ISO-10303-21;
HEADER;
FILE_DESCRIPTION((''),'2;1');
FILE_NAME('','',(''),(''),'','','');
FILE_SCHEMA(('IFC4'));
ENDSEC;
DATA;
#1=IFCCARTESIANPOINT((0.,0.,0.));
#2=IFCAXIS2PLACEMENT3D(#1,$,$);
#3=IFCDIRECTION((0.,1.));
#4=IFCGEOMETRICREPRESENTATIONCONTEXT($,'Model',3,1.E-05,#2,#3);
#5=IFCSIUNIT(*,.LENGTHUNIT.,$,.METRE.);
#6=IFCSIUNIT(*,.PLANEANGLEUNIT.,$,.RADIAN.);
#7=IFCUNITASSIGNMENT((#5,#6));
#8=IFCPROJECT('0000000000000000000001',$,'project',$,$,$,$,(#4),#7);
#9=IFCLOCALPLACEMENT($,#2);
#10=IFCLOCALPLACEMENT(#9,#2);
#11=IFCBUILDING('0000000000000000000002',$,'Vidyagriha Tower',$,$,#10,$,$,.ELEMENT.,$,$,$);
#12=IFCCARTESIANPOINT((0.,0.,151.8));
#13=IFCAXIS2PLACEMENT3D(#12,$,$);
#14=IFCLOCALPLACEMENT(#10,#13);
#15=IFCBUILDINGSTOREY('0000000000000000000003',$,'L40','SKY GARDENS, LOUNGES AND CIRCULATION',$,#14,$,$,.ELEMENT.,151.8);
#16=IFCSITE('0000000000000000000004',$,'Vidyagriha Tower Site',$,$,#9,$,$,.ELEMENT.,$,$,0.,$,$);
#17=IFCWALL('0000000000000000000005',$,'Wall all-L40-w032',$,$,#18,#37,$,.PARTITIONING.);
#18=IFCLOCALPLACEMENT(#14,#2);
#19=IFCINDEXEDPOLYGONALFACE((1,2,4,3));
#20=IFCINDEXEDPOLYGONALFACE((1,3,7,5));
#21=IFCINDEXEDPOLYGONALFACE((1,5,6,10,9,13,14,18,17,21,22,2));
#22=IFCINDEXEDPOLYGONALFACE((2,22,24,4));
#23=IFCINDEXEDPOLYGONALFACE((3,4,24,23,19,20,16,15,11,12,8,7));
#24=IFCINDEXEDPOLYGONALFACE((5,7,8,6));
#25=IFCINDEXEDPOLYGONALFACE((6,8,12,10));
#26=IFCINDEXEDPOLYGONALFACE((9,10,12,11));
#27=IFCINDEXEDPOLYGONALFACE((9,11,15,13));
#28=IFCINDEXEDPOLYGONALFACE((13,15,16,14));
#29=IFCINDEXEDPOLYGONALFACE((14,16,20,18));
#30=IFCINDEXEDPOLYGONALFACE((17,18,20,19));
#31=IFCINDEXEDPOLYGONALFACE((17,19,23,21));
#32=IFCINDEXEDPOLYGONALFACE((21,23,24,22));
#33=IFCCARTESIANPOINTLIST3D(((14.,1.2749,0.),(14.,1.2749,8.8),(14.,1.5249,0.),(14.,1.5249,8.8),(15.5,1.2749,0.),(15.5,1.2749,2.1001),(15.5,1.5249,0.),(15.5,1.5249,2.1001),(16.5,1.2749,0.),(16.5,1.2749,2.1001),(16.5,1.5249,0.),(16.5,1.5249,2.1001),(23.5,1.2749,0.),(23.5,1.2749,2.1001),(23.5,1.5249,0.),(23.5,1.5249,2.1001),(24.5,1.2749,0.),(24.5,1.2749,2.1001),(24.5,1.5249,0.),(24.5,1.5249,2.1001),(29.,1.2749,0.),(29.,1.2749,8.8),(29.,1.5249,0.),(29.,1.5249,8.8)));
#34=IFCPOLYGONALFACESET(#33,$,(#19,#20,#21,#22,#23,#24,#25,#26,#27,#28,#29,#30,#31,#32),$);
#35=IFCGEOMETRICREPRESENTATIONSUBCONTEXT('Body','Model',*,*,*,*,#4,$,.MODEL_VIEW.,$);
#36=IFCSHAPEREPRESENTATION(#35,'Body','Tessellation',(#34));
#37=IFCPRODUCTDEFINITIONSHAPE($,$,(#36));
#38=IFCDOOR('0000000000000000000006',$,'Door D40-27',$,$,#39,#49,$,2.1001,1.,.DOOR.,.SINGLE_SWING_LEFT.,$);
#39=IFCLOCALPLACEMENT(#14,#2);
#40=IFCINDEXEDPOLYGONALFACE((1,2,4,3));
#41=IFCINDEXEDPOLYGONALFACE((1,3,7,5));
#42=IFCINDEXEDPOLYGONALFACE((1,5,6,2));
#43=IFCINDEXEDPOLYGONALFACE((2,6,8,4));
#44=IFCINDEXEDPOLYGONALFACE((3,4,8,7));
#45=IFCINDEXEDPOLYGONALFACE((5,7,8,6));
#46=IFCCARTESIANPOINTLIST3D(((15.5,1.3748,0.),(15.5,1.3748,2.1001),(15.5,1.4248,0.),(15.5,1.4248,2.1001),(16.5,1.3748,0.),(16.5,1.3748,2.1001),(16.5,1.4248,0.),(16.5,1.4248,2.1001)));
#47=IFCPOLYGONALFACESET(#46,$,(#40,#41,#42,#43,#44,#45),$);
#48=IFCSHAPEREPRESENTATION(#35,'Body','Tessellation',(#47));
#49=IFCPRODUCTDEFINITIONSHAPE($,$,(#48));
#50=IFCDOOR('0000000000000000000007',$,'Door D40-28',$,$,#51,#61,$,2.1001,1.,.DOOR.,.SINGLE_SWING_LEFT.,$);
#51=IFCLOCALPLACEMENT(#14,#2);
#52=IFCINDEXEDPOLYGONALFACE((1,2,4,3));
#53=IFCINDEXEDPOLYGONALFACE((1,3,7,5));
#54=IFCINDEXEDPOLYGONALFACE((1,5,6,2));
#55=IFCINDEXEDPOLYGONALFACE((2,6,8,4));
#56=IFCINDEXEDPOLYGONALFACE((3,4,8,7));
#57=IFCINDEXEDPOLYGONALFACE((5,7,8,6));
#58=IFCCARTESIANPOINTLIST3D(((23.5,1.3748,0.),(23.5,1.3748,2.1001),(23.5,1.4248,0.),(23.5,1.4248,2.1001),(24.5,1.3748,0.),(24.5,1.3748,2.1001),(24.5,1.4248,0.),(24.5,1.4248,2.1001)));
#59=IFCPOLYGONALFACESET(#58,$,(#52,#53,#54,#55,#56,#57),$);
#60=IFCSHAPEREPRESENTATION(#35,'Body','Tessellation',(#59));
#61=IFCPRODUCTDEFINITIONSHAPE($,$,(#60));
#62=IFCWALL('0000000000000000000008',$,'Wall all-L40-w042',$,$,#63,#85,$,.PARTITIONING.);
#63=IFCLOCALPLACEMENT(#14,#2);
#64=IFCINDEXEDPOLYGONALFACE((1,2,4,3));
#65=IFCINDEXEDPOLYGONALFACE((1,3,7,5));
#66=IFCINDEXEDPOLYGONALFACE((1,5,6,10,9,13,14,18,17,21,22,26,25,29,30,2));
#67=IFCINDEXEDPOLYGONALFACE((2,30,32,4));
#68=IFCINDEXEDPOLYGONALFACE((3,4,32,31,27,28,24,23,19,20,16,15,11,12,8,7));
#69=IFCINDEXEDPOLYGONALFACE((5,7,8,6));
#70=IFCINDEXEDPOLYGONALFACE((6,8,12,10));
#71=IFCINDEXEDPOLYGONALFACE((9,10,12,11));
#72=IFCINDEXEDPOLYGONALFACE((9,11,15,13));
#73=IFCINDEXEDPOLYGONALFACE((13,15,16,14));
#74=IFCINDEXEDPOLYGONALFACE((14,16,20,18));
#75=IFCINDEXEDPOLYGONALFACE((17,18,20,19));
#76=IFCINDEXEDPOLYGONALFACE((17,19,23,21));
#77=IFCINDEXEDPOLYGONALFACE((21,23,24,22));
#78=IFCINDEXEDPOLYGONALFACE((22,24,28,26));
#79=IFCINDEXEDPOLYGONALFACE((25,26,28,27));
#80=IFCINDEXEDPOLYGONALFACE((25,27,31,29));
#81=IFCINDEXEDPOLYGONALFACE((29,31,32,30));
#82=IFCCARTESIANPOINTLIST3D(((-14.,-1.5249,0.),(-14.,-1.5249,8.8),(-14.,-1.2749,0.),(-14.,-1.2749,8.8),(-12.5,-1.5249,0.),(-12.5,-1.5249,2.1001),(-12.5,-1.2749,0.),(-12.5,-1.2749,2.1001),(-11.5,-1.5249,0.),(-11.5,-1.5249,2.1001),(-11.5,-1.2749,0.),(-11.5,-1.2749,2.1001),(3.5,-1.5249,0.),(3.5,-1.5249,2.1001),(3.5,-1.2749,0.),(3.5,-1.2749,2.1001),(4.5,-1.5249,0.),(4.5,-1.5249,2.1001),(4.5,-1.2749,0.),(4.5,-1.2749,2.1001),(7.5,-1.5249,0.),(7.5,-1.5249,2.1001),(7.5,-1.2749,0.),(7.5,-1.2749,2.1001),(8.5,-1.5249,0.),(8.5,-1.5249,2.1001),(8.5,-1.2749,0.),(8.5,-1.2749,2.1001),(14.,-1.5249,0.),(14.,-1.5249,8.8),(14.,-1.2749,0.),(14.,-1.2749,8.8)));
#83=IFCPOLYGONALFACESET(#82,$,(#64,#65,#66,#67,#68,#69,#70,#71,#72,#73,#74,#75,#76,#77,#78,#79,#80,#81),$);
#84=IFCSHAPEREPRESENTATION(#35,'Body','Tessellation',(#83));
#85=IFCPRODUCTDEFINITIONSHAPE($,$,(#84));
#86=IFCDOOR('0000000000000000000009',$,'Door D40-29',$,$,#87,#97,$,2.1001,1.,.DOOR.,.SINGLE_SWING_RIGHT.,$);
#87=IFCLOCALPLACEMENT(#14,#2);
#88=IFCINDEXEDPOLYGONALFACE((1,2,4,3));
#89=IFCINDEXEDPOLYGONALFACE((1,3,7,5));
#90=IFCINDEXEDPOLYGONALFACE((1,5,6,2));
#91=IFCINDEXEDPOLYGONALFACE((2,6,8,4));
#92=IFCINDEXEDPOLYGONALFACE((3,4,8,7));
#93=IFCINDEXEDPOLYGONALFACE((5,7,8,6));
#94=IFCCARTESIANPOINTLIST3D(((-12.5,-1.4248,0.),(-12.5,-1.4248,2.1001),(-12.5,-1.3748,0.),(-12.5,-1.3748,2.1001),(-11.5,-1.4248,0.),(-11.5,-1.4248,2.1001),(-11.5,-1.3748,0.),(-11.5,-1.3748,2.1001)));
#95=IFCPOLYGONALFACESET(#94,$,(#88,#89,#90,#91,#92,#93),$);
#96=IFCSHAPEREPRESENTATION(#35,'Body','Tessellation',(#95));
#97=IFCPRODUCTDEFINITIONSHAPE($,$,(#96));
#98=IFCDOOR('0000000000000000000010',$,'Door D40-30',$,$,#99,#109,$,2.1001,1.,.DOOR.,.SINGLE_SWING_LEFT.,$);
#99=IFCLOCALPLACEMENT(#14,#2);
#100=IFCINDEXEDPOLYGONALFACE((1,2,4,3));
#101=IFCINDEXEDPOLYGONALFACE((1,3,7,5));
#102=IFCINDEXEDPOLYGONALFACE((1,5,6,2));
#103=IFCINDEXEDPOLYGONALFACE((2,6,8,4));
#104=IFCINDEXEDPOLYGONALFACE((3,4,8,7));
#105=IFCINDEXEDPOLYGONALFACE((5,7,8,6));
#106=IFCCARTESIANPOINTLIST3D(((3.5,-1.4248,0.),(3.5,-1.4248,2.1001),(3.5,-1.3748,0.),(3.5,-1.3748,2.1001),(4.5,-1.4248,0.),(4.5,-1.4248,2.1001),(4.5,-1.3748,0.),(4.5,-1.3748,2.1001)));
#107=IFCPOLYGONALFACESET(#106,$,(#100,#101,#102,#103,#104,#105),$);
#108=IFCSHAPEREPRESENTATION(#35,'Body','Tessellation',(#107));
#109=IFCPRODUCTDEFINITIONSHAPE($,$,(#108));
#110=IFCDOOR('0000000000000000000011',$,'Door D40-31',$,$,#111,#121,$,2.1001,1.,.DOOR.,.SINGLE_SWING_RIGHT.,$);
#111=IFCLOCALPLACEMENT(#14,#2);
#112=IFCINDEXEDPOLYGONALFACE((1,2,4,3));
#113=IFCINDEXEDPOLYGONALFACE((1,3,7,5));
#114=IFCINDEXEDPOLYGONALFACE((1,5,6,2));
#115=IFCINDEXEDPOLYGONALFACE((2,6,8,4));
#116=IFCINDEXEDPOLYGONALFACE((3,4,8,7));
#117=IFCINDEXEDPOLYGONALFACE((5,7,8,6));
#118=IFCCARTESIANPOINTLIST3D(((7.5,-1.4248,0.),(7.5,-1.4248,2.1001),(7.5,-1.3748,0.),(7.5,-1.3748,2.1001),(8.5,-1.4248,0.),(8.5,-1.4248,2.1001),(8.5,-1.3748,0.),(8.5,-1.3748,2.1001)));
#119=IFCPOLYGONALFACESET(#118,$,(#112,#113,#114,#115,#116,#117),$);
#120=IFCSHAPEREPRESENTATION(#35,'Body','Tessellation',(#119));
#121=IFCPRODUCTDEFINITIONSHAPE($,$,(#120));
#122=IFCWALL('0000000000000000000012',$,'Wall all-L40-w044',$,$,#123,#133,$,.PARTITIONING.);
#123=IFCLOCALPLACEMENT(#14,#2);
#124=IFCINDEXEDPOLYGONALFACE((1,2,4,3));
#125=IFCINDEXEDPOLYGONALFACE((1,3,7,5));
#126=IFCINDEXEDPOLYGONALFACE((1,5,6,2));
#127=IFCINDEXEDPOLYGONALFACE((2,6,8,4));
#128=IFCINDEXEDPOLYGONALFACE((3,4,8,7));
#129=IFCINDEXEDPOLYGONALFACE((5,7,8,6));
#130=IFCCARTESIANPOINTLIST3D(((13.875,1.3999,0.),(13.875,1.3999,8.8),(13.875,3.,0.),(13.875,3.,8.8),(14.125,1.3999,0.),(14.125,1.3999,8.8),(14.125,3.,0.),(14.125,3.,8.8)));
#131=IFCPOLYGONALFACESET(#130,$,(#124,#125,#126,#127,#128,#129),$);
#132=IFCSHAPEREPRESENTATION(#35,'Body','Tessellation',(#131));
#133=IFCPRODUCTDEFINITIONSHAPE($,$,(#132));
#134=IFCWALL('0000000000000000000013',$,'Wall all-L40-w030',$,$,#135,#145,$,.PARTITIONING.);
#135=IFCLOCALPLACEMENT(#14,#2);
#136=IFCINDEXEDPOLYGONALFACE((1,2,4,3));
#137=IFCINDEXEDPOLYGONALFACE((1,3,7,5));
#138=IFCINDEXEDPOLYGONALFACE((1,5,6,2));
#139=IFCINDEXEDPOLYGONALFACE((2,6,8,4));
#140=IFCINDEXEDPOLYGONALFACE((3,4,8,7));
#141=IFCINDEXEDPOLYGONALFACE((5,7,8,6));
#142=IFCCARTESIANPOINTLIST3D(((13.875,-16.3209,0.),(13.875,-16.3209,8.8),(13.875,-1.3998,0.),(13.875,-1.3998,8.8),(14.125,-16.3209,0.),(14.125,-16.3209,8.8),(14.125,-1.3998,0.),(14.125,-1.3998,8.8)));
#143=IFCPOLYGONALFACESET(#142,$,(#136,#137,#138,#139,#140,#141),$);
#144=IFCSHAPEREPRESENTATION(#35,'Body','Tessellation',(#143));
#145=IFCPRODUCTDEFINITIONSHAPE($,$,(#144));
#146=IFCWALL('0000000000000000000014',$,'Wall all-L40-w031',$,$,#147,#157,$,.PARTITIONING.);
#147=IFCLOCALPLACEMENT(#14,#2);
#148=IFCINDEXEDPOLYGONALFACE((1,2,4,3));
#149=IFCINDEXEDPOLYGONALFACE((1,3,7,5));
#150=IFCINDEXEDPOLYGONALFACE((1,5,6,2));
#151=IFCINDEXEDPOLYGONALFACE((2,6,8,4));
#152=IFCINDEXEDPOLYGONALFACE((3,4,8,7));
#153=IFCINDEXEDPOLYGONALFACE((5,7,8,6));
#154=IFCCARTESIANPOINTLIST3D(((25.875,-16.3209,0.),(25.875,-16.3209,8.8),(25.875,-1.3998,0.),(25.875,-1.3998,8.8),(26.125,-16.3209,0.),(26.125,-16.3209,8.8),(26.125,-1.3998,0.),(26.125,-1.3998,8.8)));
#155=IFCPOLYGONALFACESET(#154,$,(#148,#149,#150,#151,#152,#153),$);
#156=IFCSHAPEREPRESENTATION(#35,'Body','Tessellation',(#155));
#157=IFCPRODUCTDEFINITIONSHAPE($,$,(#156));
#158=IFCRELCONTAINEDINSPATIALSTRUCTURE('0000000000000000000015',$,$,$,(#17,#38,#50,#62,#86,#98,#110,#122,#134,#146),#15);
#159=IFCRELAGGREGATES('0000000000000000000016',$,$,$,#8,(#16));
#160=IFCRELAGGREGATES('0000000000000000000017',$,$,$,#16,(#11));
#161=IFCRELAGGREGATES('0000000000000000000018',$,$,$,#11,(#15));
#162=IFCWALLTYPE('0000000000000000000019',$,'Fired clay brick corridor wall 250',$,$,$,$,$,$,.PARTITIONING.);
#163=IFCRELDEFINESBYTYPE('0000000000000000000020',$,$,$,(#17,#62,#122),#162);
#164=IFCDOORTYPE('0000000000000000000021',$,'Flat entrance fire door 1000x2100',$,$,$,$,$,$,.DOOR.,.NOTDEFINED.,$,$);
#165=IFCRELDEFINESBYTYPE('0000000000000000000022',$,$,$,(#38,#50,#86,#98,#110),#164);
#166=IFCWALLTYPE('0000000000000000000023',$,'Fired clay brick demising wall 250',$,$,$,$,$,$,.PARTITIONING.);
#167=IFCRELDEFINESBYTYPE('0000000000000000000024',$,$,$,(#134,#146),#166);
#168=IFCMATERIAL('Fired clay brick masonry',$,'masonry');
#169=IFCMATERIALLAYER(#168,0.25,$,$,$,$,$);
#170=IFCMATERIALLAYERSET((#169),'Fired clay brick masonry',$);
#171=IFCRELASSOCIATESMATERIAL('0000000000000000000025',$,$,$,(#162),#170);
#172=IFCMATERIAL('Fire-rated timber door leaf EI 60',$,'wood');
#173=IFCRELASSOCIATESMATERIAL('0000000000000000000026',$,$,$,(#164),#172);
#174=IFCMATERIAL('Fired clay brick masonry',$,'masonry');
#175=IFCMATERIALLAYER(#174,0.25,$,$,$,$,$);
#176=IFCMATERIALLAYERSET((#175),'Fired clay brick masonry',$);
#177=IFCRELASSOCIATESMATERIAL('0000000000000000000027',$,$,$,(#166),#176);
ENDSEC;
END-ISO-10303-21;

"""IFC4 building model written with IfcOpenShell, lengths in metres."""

from ifc_helpers import new_model, si_unit, direction, frame, frame_2d, origin, place, context, subcontext, project, spatial, rectangle, extrude, material, layer, layer_set, type_object, element, fill, save


model = new_model("IFC4")

# Units and contexts
model_context = context("Model", 3, precision=1e-05, world=origin(), true_north=direction((0.0, 1.0)))
body_context = subcontext(model_context, "Body", "Model", "MODEL_VIEW")
ifc_project = project(units=[si_unit("LENGTHUNIT", "METRE"), si_unit("PLANEANGLEUNIT", "RADIAN")], contexts=[model_context])

# Site, building, storey
site_placement = place(None, origin())
site = spatial("IfcSite", under=ifc_project, at=site_placement, Name="Vidyagriha Tower Site", CompositionType="ELEMENT", RefElevation=0.0)
building_placement = place(site_placement, origin())
building = spatial("IfcBuilding", under=site, at=building_placement, Name="Vidyagriha Tower", CompositionType="ELEMENT")
storey_placement = place(building_placement, frame((0.0, 0.0, 151.8)))
storey = spatial("IfcBuildingStorey", under=building, at=storey_placement, Name="L40", Description="SKY GARDENS, LOUNGES AND CIRCULATION", CompositionType="ELEMENT", Elevation=151.8)

# Walls, openings, doors
ifc_material_1 = material(Name="Fired clay brick masonry", Category="masonry")
ifc_layer_1 = layer(ifc_material_1, 0.25)
ifc_layer_set_1 = layer_set([ifc_layer_1], Name="Fired clay brick masonry")
wall_type_1 = type_object("IfcWallType", Name="Fired clay brick corridor wall 250", PredefinedType="PARTITIONING", material=ifc_layer_set_1)
wall_1_placement = place(storey_placement, frame((14.0, 1.3999, 0.0)))
wall_1 = element("IfcWall", 1, at=wall_1_placement, inside=storey, type_object=wall_type_1, Name="Wall all-L40-w032", PredefinedType="PARTITIONING", context=body_context, shape_type="SweptSolid", body=[
    extrude(rectangle(XDim=15.0, YDim=0.25, at=frame_2d((7.5, 0.0))), origin(), (0.0, 0.0, 1.0), 8.8),
])
opening_1_placement = place(wall_1_placement, frame((1.5, 0.0, 0.0)))
opening_1 = element("IfcOpeningElement", 2, at=opening_1_placement, cuts=wall_1, PredefinedType="OPENING", context=body_context, shape_type="SweptSolid", body=[
    extrude(rectangle(XDim=1.0, YDim=2.1001, at=frame_2d((0.5, 1.05))), frame((0.0, 0.135, 0.0), z_axis=(0.0, -1.0, 0.0), x_axis=(1.0, 0.0, 0.0)), (0.0, 0.0, 1.0), 0.27),
])
opening_2_placement = place(wall_1_placement, frame((9.5, 0.0, 0.0)))
opening_2 = element("IfcOpeningElement", 3, at=opening_2_placement, cuts=wall_1, PredefinedType="OPENING", context=body_context, shape_type="SweptSolid", body=[
    extrude(rectangle(XDim=1.0, YDim=2.1001, at=frame_2d((0.5, 1.05))), frame((0.0, 0.135, 0.0), z_axis=(0.0, -1.0, 0.0), x_axis=(1.0, 0.0, 0.0)), (0.0, 0.0, 1.0), 0.27),
])
ifc_material_2 = material(Name="Fire-rated timber door leaf EI 60", Category="wood")
door_type = type_object("IfcDoorType", Name="Flat entrance fire door 1000x2100", OperationType="NOTDEFINED", PredefinedType="DOOR", material=ifc_material_2)
door_1_placement = place(opening_1_placement, origin())
door_1 = element("IfcDoor", 4, at=door_1_placement, inside=storey, type_object=door_type, Name="Door D40-27", OperationType="SINGLE_SWING_LEFT", OverallHeight=2.1001, OverallWidth=1.0, PredefinedType="DOOR", context=body_context, shape_type="SweptSolid", body=[
    extrude(rectangle(XDim=1.0, YDim=2.1001, at=frame_2d((0.5, 1.05))), frame((0.0, 0.0249, 0.0), z_axis=(0.0, -1.0, 0.0), x_axis=(1.0, 0.0, 0.0)), (0.0, 0.0, 1.0), 0.05),
])
fill(opening_1, door_1)
door_2_placement = place(opening_2_placement, origin())
door_2 = element("IfcDoor", 5, at=door_2_placement, inside=storey, type_object=door_type, Name="Door D40-28", OperationType="SINGLE_SWING_LEFT", OverallHeight=2.1001, OverallWidth=1.0, PredefinedType="DOOR", context=body_context, shape_type="SweptSolid", body=[
    extrude(rectangle(XDim=1.0, YDim=2.1001, at=frame_2d((0.5, 1.05))), frame((0.0, 0.0249, 0.0), z_axis=(0.0, -1.0, 0.0), x_axis=(1.0, 0.0, 0.0)), (0.0, 0.0, 1.0), 0.05),
])
fill(opening_2, door_2)
wall_2_placement = place(storey_placement, frame((14.0, -1.3999, 0.0), z_axis=(0.0, 0.0, 1.0), x_axis=(-1.0, 0.0, 0.0)))
wall_2 = element("IfcWall", 6, at=wall_2_placement, inside=storey, type_object=wall_type_1, Name="Wall all-L40-w042", PredefinedType="PARTITIONING", context=body_context, shape_type="SweptSolid", body=[
    extrude(rectangle(XDim=28.0, YDim=0.25, at=frame_2d((14.0, 0.0))), origin(), (0.0, 0.0, 1.0), 8.8),
])
opening_3_placement = place(wall_2_placement, frame((25.5, 0.0, 0.0)))
opening_3 = element("IfcOpeningElement", 7, at=opening_3_placement, cuts=wall_2, PredefinedType="OPENING", context=body_context, shape_type="SweptSolid", body=[
    extrude(rectangle(XDim=1.0, YDim=2.1001, at=frame_2d((0.5, 1.05))), frame((0.0, 0.135, 0.0), z_axis=(0.0, -1.0, 0.0), x_axis=(1.0, 0.0, 0.0)), (0.0, 0.0, 1.0), 0.27),
])
opening_4_placement = place(wall_2_placement, frame((9.5, 0.0, 0.0)))
opening_4 = element("IfcOpeningElement", 8, at=opening_4_placement, cuts=wall_2, PredefinedType="OPENING", context=body_context, shape_type="SweptSolid", body=[
    extrude(rectangle(XDim=1.0, YDim=2.1001, at=frame_2d((0.5, 1.05))), frame((0.0, 0.135, 0.0), z_axis=(0.0, -1.0, 0.0), x_axis=(1.0, 0.0, 0.0)), (0.0, 0.0, 1.0), 0.27),
])
opening_5_placement = place(wall_2_placement, frame((5.5, 0.0, 0.0)))
opening_5 = element("IfcOpeningElement", 9, at=opening_5_placement, cuts=wall_2, PredefinedType="OPENING", context=body_context, shape_type="SweptSolid", body=[
    extrude(rectangle(XDim=1.0, YDim=2.1001, at=frame_2d((0.5, 1.05))), frame((0.0, 0.135, 0.0), z_axis=(0.0, -1.0, 0.0), x_axis=(1.0, 0.0, 0.0)), (0.0, 0.0, 1.0), 0.27),
])
door_3_placement = place(opening_3_placement, origin())
door_3 = element("IfcDoor", 10, at=door_3_placement, inside=storey, type_object=door_type, Name="Door D40-29", OperationType="SINGLE_SWING_RIGHT", OverallHeight=2.1001, OverallWidth=1.0, PredefinedType="DOOR", context=body_context, shape_type="SweptSolid", body=[
    extrude(rectangle(XDim=1.0, YDim=2.1001, at=frame_2d((0.5, 1.05))), frame((0.0, 0.0249, 0.0), z_axis=(0.0, -1.0, 0.0), x_axis=(1.0, 0.0, 0.0)), (0.0, 0.0, 1.0), 0.05),
])
fill(opening_3, door_3)
door_4_placement = place(opening_4_placement, origin())
door_4 = element("IfcDoor", 11, at=door_4_placement, inside=storey, type_object=door_type, Name="Door D40-30", OperationType="SINGLE_SWING_LEFT", OverallHeight=2.1001, OverallWidth=1.0, PredefinedType="DOOR", context=body_context, shape_type="SweptSolid", body=[
    extrude(rectangle(XDim=1.0, YDim=2.1001, at=frame_2d((0.5, 1.05))), frame((0.0, 0.0249, 0.0), z_axis=(0.0, -1.0, 0.0), x_axis=(1.0, 0.0, 0.0)), (0.0, 0.0, 1.0), 0.05),
])
fill(opening_4, door_4)
door_5_placement = place(opening_5_placement, origin())
door_5 = element("IfcDoor", 12, at=door_5_placement, inside=storey, type_object=door_type, Name="Door D40-31", OperationType="SINGLE_SWING_RIGHT", OverallHeight=2.1001, OverallWidth=1.0, PredefinedType="DOOR", context=body_context, shape_type="SweptSolid", body=[
    extrude(rectangle(XDim=1.0, YDim=2.1001, at=frame_2d((0.5, 1.05))), frame((0.0, 0.0249, 0.0), z_axis=(0.0, -1.0, 0.0), x_axis=(1.0, 0.0, 0.0)), (0.0, 0.0, 1.0), 0.05),
])
fill(opening_5, door_5)

# Walls
wall_3_placement = place(storey_placement, frame((14.0, 1.3999, 0.0), z_axis=(0.0, 0.0, 1.0), x_axis=(0.0, 1.0, 0.0)))
element("IfcWall", 13, at=wall_3_placement, inside=storey, type_object=wall_type_1, Name="Wall all-L40-w044", PredefinedType="PARTITIONING", context=body_context, shape_type="SweptSolid", body=[
    extrude(rectangle(XDim=1.6001, YDim=0.25, at=frame_2d((0.8, 0.0))), origin(), (0.0, 0.0, 1.0), 8.8),
])
ifc_material_3 = material(Name="Fired clay brick masonry", Category="masonry")
ifc_layer_2 = layer(ifc_material_3, 0.25)
ifc_layer_set_2 = layer_set([ifc_layer_2], Name="Fired clay brick masonry")
wall_type_2 = type_object("IfcWallType", Name="Fired clay brick demising wall 250", PredefinedType="PARTITIONING", material=ifc_layer_set_2)
for number, where, z_axis, x_axis, name in (
    (14, (14.0, -1.3999, 0.0), (0.0, 0.0, 1.0), (0.0, -1.0, 0.0), "Wall all-L40-w030"),
    (15, (26.0, -1.3999, 0.0), (0.0, 0.0, 1.0), (0.0, -1.0, 0.0), "Wall all-L40-w031"),
):
    element("IfcWall", number, at=place(storey_placement, frame(where, z_axis=z_axis, x_axis=x_axis)), inside=storey, type_object=wall_type_2, Name=name, PredefinedType="PARTITIONING", context=body_context, shape_type="SweptSolid", body=[
        extrude(rectangle(XDim=14.9211, YDim=0.25, at=frame_2d((7.4604, 0.0))), origin(), (0.0, 0.0, 1.0), 8.8),
    ])

save(model, "model.ifc")
